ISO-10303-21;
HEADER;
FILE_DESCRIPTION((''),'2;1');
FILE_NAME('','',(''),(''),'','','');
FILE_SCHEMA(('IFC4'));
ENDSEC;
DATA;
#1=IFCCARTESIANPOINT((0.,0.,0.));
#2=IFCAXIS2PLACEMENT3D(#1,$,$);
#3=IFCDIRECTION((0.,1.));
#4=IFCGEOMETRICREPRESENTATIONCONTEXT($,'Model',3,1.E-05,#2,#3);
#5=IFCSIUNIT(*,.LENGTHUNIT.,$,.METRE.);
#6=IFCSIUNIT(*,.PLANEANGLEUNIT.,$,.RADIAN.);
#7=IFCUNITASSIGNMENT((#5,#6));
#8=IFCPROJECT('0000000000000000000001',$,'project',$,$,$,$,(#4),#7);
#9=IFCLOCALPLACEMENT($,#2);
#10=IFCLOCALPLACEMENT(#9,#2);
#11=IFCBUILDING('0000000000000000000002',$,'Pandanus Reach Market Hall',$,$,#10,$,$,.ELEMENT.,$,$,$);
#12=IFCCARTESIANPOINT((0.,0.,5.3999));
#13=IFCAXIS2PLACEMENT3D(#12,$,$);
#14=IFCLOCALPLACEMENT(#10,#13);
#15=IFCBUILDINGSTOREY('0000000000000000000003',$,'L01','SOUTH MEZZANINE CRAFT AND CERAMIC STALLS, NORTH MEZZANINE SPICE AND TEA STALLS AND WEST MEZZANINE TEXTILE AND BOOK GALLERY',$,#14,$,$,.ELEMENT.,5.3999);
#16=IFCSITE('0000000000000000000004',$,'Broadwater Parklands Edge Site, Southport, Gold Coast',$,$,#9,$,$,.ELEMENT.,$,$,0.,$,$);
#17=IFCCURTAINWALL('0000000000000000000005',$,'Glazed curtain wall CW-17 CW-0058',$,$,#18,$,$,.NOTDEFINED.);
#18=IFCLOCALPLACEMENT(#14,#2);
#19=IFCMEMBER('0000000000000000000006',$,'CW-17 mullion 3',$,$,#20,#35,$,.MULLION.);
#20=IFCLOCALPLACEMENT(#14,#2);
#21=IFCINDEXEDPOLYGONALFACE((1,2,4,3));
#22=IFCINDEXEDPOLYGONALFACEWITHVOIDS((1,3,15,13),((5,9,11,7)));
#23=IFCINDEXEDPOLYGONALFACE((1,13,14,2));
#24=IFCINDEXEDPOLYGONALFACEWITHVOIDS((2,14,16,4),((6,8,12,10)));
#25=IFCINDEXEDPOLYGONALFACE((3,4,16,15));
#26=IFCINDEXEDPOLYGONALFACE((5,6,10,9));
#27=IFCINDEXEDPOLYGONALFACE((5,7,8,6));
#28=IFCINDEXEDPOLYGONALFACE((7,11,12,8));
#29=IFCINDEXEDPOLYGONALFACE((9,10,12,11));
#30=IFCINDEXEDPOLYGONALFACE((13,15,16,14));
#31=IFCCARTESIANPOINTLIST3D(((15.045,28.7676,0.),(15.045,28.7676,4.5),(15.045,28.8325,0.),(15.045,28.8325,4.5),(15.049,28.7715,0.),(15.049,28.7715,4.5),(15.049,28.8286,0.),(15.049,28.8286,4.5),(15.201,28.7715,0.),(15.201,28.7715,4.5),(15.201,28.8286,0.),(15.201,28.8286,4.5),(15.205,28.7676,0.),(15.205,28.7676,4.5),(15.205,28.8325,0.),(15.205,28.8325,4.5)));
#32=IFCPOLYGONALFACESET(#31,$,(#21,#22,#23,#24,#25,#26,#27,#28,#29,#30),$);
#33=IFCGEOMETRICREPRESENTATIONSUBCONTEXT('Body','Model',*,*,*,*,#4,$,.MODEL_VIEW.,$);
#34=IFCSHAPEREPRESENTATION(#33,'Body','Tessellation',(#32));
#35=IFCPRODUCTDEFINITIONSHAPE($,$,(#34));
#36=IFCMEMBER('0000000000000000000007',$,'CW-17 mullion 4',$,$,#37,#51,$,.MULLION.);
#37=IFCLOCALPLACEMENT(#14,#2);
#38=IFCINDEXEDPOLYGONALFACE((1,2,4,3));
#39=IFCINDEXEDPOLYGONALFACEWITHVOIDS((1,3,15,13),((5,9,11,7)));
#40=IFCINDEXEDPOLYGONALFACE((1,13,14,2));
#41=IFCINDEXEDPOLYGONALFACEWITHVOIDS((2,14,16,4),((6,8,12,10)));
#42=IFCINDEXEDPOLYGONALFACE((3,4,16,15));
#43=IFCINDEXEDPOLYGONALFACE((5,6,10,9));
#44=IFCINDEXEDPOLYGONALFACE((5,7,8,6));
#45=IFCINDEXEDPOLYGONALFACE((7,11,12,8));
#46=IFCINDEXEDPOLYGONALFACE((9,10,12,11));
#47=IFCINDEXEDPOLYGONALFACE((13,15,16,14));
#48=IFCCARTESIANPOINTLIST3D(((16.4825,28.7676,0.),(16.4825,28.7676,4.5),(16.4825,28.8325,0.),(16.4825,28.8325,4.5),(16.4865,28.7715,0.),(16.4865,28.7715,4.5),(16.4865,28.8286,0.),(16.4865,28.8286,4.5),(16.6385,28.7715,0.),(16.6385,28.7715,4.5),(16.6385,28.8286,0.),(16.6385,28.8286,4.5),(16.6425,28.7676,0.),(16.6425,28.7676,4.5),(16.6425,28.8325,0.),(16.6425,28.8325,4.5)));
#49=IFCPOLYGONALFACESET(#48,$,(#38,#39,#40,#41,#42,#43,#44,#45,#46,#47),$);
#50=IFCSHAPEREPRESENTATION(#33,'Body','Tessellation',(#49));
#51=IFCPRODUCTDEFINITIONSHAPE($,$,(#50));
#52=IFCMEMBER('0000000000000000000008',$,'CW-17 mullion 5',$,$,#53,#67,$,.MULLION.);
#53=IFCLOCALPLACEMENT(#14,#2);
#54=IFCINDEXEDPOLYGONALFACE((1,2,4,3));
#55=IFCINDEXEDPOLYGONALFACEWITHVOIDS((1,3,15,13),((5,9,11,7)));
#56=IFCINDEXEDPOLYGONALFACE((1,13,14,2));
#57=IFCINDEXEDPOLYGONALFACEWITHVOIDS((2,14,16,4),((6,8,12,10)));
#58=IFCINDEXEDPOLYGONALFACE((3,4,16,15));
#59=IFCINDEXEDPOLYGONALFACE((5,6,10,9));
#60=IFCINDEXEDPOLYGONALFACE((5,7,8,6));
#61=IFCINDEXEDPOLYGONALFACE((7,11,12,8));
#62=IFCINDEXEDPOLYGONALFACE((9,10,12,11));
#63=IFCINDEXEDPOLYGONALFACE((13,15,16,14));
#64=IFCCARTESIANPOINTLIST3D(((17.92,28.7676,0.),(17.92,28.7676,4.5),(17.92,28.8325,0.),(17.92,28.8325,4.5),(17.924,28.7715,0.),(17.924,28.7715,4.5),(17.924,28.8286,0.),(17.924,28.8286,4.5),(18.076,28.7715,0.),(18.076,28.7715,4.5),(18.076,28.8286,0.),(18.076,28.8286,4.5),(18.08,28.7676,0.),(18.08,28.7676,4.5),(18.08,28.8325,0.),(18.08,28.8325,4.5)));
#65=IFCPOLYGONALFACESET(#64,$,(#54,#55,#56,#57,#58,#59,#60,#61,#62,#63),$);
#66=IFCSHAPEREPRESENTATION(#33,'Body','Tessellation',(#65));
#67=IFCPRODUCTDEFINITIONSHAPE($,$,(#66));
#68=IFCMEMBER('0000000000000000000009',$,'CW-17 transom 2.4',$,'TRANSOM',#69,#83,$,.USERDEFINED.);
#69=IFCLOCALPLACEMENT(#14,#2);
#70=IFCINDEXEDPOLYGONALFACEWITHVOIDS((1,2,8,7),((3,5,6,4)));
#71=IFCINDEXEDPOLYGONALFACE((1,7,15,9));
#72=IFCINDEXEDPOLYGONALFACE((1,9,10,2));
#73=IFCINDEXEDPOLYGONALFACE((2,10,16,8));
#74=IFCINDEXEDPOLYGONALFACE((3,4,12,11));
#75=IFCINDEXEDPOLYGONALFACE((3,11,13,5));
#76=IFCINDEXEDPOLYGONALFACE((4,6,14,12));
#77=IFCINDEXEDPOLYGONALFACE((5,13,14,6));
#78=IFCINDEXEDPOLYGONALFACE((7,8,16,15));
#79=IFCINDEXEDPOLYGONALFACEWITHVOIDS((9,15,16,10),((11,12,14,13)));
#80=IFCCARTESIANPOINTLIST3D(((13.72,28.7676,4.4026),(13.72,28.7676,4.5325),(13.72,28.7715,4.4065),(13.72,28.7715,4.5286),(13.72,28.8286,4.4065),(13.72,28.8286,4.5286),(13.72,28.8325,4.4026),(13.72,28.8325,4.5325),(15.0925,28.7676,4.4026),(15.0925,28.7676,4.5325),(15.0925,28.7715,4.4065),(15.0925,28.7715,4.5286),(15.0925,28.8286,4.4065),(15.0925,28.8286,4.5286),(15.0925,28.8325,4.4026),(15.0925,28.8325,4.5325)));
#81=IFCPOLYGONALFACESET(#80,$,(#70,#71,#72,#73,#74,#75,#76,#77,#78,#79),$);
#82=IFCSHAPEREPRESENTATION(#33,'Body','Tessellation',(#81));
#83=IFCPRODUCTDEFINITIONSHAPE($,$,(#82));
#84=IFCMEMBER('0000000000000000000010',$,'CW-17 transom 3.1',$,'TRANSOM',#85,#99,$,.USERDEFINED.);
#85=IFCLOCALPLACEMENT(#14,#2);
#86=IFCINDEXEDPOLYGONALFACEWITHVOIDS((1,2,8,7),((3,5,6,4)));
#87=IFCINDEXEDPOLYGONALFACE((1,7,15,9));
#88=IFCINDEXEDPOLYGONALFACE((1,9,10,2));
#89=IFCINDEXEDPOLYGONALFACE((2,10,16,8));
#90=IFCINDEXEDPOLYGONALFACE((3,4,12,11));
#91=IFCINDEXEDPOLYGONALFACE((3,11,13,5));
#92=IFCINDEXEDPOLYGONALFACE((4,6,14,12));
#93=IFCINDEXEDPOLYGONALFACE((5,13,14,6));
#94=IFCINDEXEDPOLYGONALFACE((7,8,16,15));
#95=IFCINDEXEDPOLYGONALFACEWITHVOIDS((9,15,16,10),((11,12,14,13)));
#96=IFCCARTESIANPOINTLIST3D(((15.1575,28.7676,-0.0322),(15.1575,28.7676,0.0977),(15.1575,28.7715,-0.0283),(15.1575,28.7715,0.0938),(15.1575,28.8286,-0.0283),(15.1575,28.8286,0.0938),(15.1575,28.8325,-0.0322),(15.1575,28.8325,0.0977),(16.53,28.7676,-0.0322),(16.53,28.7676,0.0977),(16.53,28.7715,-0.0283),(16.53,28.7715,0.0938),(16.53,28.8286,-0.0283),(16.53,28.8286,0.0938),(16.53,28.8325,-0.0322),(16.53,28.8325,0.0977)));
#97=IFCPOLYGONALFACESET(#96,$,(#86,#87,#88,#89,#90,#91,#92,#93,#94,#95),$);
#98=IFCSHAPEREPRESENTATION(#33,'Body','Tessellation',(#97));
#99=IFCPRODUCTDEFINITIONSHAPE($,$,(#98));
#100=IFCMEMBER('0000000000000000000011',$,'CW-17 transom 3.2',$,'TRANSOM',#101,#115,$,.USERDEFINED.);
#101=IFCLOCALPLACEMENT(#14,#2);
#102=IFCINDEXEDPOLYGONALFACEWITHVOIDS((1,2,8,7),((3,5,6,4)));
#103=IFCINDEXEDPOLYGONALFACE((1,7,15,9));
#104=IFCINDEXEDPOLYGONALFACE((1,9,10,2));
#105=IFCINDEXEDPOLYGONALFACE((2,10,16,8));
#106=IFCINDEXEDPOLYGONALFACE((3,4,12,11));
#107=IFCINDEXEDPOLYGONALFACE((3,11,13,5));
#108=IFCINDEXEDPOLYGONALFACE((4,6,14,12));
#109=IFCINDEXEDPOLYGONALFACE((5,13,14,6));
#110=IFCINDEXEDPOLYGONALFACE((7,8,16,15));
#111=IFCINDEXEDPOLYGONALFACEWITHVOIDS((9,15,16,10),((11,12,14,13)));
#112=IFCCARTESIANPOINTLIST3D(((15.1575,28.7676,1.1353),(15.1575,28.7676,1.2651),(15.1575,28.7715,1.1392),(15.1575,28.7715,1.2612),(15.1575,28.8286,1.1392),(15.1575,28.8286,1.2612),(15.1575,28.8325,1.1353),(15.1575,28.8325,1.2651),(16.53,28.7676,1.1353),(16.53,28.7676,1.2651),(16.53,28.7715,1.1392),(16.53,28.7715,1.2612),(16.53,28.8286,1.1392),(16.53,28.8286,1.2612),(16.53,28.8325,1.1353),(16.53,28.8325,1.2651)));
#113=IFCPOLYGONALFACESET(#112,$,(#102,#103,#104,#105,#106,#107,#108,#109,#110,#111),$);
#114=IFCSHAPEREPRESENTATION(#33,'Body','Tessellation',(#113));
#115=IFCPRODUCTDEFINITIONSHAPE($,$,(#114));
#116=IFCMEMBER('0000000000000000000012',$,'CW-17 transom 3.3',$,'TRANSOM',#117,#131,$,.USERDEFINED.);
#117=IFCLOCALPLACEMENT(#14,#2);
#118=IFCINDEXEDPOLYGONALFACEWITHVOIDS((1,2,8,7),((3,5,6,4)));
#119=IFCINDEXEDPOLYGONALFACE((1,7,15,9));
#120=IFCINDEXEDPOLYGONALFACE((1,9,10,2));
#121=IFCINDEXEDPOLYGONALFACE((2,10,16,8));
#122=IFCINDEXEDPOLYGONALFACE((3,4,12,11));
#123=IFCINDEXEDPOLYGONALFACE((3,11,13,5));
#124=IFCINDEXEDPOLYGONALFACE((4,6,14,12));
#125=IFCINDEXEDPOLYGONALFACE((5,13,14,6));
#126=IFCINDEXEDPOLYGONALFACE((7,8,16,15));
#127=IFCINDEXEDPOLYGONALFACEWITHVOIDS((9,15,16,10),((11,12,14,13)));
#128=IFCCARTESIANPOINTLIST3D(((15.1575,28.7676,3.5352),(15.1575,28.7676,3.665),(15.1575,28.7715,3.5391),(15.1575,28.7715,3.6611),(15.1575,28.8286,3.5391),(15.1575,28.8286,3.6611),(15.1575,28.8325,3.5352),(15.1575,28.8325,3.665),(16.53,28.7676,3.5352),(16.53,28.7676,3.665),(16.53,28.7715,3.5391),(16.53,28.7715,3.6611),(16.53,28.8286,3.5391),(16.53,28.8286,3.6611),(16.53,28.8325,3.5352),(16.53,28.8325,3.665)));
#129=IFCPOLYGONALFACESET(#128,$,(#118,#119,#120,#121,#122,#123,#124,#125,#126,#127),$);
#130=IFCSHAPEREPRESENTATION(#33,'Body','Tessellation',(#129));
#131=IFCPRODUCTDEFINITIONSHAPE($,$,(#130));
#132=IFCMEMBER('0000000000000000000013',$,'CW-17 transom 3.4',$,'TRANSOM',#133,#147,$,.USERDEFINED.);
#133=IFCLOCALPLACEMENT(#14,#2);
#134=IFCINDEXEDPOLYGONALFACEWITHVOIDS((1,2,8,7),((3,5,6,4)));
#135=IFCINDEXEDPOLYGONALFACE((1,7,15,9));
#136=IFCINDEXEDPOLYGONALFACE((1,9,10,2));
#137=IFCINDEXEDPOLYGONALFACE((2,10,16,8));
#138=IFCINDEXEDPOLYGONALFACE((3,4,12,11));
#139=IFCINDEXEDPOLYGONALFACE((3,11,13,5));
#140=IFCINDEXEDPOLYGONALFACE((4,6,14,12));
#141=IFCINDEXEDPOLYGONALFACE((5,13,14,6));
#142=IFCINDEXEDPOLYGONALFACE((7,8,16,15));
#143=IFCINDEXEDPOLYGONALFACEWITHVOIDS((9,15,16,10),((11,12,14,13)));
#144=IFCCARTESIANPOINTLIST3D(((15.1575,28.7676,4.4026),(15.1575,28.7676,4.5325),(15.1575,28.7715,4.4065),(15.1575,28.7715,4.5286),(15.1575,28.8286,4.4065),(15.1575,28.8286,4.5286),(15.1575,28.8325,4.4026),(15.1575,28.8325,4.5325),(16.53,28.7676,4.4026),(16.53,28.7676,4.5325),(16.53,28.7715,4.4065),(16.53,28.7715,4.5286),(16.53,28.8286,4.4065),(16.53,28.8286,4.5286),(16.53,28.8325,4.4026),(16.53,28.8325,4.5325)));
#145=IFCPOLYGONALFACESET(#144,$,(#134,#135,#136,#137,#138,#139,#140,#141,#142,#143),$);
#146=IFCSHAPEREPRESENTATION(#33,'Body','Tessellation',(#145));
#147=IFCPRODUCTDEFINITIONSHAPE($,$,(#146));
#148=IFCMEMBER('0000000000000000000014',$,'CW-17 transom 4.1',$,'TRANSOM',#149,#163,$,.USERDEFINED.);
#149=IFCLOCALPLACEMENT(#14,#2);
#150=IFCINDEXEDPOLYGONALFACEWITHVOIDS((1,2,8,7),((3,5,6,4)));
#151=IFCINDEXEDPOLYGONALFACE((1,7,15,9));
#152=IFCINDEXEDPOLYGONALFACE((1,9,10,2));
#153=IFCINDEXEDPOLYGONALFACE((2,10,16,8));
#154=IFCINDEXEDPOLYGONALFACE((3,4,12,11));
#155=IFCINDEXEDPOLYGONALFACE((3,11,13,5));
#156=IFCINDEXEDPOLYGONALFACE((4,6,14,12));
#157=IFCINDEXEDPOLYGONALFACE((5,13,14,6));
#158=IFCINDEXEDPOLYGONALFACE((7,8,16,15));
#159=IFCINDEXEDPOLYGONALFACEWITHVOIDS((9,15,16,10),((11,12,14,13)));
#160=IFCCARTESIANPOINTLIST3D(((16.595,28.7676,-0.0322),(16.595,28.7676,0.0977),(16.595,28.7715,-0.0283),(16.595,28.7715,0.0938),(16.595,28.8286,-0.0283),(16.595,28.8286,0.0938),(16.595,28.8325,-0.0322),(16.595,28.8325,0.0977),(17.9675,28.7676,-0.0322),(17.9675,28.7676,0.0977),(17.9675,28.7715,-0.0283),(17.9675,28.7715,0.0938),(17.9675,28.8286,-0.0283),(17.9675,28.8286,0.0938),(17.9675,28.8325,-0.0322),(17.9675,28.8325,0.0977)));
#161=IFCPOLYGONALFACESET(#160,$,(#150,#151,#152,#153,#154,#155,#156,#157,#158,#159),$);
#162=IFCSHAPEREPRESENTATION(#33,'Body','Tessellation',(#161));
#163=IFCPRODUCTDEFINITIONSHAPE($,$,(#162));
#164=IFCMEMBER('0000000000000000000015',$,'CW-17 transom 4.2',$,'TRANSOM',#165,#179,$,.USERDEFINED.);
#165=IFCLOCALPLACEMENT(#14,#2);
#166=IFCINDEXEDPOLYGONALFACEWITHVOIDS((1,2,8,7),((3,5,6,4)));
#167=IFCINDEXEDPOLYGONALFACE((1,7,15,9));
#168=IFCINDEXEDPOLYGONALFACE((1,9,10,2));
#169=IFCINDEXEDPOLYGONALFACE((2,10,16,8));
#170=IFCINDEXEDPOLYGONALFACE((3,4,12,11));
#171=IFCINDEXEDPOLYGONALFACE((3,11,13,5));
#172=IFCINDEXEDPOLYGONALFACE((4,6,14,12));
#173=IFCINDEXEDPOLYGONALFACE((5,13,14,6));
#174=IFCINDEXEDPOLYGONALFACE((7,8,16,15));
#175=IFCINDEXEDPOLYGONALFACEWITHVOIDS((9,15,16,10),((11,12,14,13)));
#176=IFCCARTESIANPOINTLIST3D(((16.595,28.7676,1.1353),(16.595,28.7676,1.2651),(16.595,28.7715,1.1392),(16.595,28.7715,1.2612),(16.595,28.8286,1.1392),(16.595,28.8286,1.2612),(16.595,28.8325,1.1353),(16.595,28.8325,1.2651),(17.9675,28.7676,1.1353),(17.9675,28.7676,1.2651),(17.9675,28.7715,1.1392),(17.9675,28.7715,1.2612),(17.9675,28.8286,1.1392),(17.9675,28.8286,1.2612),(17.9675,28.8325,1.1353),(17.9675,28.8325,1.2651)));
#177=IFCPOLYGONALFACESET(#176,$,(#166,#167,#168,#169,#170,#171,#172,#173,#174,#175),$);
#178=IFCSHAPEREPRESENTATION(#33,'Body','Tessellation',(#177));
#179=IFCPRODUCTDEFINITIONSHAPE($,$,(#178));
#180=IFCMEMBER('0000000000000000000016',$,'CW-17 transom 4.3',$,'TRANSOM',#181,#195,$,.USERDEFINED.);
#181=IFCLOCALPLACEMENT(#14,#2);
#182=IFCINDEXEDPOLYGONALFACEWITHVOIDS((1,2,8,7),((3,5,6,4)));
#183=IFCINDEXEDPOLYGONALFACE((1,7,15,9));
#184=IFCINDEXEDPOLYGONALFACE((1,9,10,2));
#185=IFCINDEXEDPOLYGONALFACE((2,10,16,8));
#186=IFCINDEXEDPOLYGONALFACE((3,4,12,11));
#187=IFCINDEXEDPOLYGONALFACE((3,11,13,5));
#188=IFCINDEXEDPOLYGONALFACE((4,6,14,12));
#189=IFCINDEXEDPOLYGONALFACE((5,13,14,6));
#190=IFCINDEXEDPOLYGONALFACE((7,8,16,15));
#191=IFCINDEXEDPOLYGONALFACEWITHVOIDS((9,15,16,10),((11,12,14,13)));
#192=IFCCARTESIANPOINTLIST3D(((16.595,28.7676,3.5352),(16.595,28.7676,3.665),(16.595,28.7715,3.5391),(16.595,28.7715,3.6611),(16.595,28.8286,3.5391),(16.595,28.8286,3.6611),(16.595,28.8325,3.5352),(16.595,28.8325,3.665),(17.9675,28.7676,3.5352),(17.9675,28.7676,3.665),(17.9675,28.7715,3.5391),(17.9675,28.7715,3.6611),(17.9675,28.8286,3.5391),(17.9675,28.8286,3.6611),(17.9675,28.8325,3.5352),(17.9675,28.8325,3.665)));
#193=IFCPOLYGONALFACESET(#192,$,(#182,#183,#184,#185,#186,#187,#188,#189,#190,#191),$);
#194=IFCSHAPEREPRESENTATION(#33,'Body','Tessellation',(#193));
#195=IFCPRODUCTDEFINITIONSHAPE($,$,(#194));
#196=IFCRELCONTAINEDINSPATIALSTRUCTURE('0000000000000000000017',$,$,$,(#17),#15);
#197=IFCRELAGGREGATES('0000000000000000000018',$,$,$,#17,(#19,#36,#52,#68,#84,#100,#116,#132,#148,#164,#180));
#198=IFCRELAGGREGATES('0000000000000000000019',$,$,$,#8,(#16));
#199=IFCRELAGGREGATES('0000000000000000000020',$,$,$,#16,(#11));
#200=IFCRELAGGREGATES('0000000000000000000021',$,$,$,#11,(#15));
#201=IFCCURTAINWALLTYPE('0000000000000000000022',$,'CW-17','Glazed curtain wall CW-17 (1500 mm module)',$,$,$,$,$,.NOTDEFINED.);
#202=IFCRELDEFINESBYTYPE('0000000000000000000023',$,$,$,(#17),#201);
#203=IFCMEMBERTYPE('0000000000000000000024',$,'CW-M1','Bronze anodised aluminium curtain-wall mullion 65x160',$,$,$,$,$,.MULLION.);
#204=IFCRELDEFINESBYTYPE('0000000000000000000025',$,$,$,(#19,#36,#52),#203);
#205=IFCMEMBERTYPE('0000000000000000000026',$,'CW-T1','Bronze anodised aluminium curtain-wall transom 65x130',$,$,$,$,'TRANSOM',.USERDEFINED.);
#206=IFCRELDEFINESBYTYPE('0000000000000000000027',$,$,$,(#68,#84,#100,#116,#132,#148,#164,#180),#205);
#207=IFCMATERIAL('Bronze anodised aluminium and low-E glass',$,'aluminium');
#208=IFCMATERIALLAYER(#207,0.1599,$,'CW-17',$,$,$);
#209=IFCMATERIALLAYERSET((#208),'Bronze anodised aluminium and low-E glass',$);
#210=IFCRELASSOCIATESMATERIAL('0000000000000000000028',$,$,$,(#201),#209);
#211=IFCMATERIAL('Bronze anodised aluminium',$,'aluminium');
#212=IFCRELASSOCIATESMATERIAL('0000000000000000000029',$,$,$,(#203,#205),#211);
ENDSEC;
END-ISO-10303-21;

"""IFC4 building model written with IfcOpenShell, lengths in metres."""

from ifc_helpers import new_model, si_unit, direction, frame, origin, origin_2d, place, context, subcontext, project, spatial, hollow_rectangle, extrude, material, layer, layer_set, material_profile, profile_set, type_object, element, aggregate, save


model = new_model("IFC4")

# Units and contexts
model_context = context("Model", 3, precision=1e-05, world=origin(), true_north=direction((0.0, 1.0)))
body_context = subcontext(model_context, "Body", "Model", "MODEL_VIEW")
ifc_project = project(units=[si_unit("LENGTHUNIT", "METRE"), si_unit("PLANEANGLEUNIT", "RADIAN")], contexts=[model_context])

# Site, building, storey
site_placement = place(None, origin())
site = spatial("IfcSite", under=ifc_project, at=site_placement, Name="Broadwater Parklands Edge Site, Southport, Gold Coast", CompositionType="ELEMENT", RefElevation=0.0)
building_placement = place(site_placement, origin())
building = spatial("IfcBuilding", under=site, at=building_placement, Name="Pandanus Reach Market Hall", CompositionType="ELEMENT")
storey_placement = place(building_placement, frame((0.0, 0.0, 5.3999)))
storey = spatial("IfcBuildingStorey", under=building, at=storey_placement, Name="L01", Description="SOUTH MEZZANINE CRAFT AND CERAMIC STALLS, NORTH MEZZANINE SPICE AND TEA STALLS AND WEST MEZZANINE TEXTILE AND BOOK GALLERY", CompositionType="ELEMENT", Elevation=5.3999)

# Curtain wall, members
ifc_material_1 = material(Name="Bronze anodised aluminium and low-E glass", Category="aluminium")
ifc_layer_1 = layer(ifc_material_1, 0.1599, Name="CW-17")
ifc_layer_set_1 = layer_set([ifc_layer_1], Name="Bronze anodised aluminium and low-E glass")
curtain_wall_type = type_object("IfcCurtainWallType", Name="CW-17", Description="Glazed curtain wall CW-17 (1500 mm module)", PredefinedType="NOTDEFINED", material=ifc_layer_set_1)
curtain_wall_placement = place(storey_placement, origin())
curtain_wall = element("IfcCurtainWall", 1, at=curtain_wall_placement, inside=storey, type_object=curtain_wall_type, Name="Glazed curtain wall CW-17 CW-0058", PredefinedType="NOTDEFINED")
ifc_material_2 = material(Name="Bronze anodised aluminium", Category="aluminium")
ifc_material_profile_1 = material_profile(ifc_material_2, hollow_rectangle(XDim=0.0649, YDim=0.1599, WallThickness=0.0039, at=origin_2d()), Name="ALU65x160", Category="LoadBearing")
ifc_profile_set_1 = profile_set([ifc_material_profile_1], Name="Bronze anodised aluminium")
member_type_1 = type_object("IfcMemberType", Name="CW-M1", Description="Bronze anodised aluminium curtain-wall mullion 65x160", PredefinedType="MULLION", material=ifc_profile_set_1)
member_1_placement = place(storey_placement, frame((15.125, 28.8, 0.0), z_axis=(0.0, 0.0, 1.0), x_axis=(0.0, 1.0, 0.0)))
member_1 = element("IfcMember", 2, at=member_1_placement, type_object=member_type_1, Name="CW-17 mullion 3", PredefinedType="MULLION", context=body_context, shape_type="SweptSolid", body=[
    extrude(hollow_rectangle(XDim=0.0649, YDim=0.1599, WallThickness=0.0039, at=origin_2d()), origin(), (0.0, 0.0, 1.0), 4.5),
])
member_2_placement = place(storey_placement, frame((16.5625, 28.8, 0.0), z_axis=(0.0, 0.0, 1.0), x_axis=(0.0, 1.0, 0.0)))
member_2 = element("IfcMember", 3, at=member_2_placement, type_object=member_type_1, Name="CW-17 mullion 4", PredefinedType="MULLION", context=body_context, shape_type="SweptSolid", body=[
    extrude(hollow_rectangle(XDim=0.0649, YDim=0.1599, WallThickness=0.0039, at=origin_2d()), origin(), (0.0, 0.0, 1.0), 4.5),
])
member_3_placement = place(storey_placement, frame((18.0, 28.8, 0.0), z_axis=(0.0, 0.0, 1.0), x_axis=(0.0, 1.0, 0.0)))
member_3 = element("IfcMember", 4, at=member_3_placement, type_object=member_type_1, Name="CW-17 mullion 5", PredefinedType="MULLION", context=body_context, shape_type="SweptSolid", body=[
    extrude(hollow_rectangle(XDim=0.0649, YDim=0.1599, WallThickness=0.0039, at=origin_2d()), origin(), (0.0, 0.0, 1.0), 4.5),
])
ifc_material_profile_2 = material_profile(ifc_material_2, hollow_rectangle(XDim=0.0649, YDim=0.1299, WallThickness=0.0039, at=origin_2d()), Name="ALU65x130", Category="LoadBearing")
ifc_profile_set_2 = profile_set([ifc_material_profile_2], Name="Bronze anodised aluminium")
member_type_2 = type_object("IfcMemberType", Name="CW-T1", Description="Bronze anodised aluminium curtain-wall transom 65x130", ElementType="TRANSOM", PredefinedType="USERDEFINED", material=ifc_profile_set_2)
member_4_placement = place(storey_placement, frame((13.72, 28.8, 4.4675), z_axis=(1.0, 0.0, 0.0), x_axis=(0.0, 1.0, 0.0)))
member_4 = element("IfcMember", 5, at=member_4_placement, type_object=member_type_2, Name="CW-17 transom 2.4", ObjectType="TRANSOM", PredefinedType="USERDEFINED", context=body_context, shape_type="SweptSolid", body=[
    extrude(hollow_rectangle(XDim=0.0649, YDim=0.1299, WallThickness=0.0039, at=origin_2d()), origin(), (0.0, 0.0, 1.0), 1.3726),
])
member_5_placement = place(storey_placement, frame((15.1575, 28.8, 0.0327), z_axis=(1.0, 0.0, 0.0), x_axis=(0.0, 1.0, 0.0)))
member_5 = element("IfcMember", 6, at=member_5_placement, type_object=member_type_2, Name="CW-17 transom 3.1", ObjectType="TRANSOM", PredefinedType="USERDEFINED", context=body_context, shape_type="SweptSolid", body=[
    extrude(hollow_rectangle(XDim=0.0649, YDim=0.1299, WallThickness=0.0039, at=origin_2d()), origin(), (0.0, 0.0, 1.0), 1.3726),
])
member_6_placement = place(storey_placement, frame((15.1575, 28.8, 1.2002), z_axis=(1.0, 0.0, 0.0), x_axis=(0.0, 1.0, 0.0)))
member_6 = element("IfcMember", 7, at=member_6_placement, type_object=member_type_2, Name="CW-17 transom 3.2", ObjectType="TRANSOM", PredefinedType="USERDEFINED", context=body_context, shape_type="SweptSolid", body=[
    extrude(hollow_rectangle(XDim=0.0649, YDim=0.1299, WallThickness=0.0039, at=origin_2d()), origin(), (0.0, 0.0, 1.0), 1.3726),
])
member_7_placement = place(storey_placement, frame((15.1575, 28.8, 3.6001), z_axis=(1.0, 0.0, 0.0), x_axis=(0.0, 1.0, 0.0)))
member_7 = element("IfcMember", 8, at=member_7_placement, type_object=member_type_2, Name="CW-17 transom 3.3", ObjectType="TRANSOM", PredefinedType="USERDEFINED", context=body_context, shape_type="SweptSolid", body=[
    extrude(hollow_rectangle(XDim=0.0649, YDim=0.1299, WallThickness=0.0039, at=origin_2d()), origin(), (0.0, 0.0, 1.0), 1.3726),
])
member_8_placement = place(storey_placement, frame((15.1575, 28.8, 4.4675), z_axis=(1.0, 0.0, 0.0), x_axis=(0.0, 1.0, 0.0)))
member_8 = element("IfcMember", 9, at=member_8_placement, type_object=member_type_2, Name="CW-17 transom 3.4", ObjectType="TRANSOM", PredefinedType="USERDEFINED", context=body_context, shape_type="SweptSolid", body=[
    extrude(hollow_rectangle(XDim=0.0649, YDim=0.1299, WallThickness=0.0039, at=origin_2d()), origin(), (0.0, 0.0, 1.0), 1.3726),
])
member_9_placement = place(storey_placement, frame((16.595, 28.8, 0.0327), z_axis=(1.0, 0.0, 0.0), x_axis=(0.0, 1.0, 0.0)))
member_9 = element("IfcMember", 10, at=member_9_placement, type_object=member_type_2, Name="CW-17 transom 4.1", ObjectType="TRANSOM", PredefinedType="USERDEFINED", context=body_context, shape_type="SweptSolid", body=[
    extrude(hollow_rectangle(XDim=0.0649, YDim=0.1299, WallThickness=0.0039, at=origin_2d()), origin(), (0.0, 0.0, 1.0), 1.3726),
])
member_10_placement = place(storey_placement, frame((16.595, 28.8, 1.2002), z_axis=(1.0, 0.0, 0.0), x_axis=(0.0, 1.0, 0.0)))
member_10 = element("IfcMember", 11, at=member_10_placement, type_object=member_type_2, Name="CW-17 transom 4.2", ObjectType="TRANSOM", PredefinedType="USERDEFINED", context=body_context, shape_type="SweptSolid", body=[
    extrude(hollow_rectangle(XDim=0.0649, YDim=0.1299, WallThickness=0.0039, at=origin_2d()), origin(), (0.0, 0.0, 1.0), 1.3726),
])
member_11_placement = place(storey_placement, frame((16.595, 28.8, 3.6001), z_axis=(1.0, 0.0, 0.0), x_axis=(0.0, 1.0, 0.0)))
member_11 = element("IfcMember", 12, at=member_11_placement, type_object=member_type_2, Name="CW-17 transom 4.3", ObjectType="TRANSOM", PredefinedType="USERDEFINED", context=body_context, shape_type="SweptSolid", body=[
    extrude(hollow_rectangle(XDim=0.0649, YDim=0.1299, WallThickness=0.0039, at=origin_2d()), origin(), (0.0, 0.0, 1.0), 1.3726),
])
aggregate(curtain_wall, [member_1, member_2, member_3, member_4, member_5, member_6, member_7, member_8, member_9, member_10, member_11])

save(model, "model.ifc")
